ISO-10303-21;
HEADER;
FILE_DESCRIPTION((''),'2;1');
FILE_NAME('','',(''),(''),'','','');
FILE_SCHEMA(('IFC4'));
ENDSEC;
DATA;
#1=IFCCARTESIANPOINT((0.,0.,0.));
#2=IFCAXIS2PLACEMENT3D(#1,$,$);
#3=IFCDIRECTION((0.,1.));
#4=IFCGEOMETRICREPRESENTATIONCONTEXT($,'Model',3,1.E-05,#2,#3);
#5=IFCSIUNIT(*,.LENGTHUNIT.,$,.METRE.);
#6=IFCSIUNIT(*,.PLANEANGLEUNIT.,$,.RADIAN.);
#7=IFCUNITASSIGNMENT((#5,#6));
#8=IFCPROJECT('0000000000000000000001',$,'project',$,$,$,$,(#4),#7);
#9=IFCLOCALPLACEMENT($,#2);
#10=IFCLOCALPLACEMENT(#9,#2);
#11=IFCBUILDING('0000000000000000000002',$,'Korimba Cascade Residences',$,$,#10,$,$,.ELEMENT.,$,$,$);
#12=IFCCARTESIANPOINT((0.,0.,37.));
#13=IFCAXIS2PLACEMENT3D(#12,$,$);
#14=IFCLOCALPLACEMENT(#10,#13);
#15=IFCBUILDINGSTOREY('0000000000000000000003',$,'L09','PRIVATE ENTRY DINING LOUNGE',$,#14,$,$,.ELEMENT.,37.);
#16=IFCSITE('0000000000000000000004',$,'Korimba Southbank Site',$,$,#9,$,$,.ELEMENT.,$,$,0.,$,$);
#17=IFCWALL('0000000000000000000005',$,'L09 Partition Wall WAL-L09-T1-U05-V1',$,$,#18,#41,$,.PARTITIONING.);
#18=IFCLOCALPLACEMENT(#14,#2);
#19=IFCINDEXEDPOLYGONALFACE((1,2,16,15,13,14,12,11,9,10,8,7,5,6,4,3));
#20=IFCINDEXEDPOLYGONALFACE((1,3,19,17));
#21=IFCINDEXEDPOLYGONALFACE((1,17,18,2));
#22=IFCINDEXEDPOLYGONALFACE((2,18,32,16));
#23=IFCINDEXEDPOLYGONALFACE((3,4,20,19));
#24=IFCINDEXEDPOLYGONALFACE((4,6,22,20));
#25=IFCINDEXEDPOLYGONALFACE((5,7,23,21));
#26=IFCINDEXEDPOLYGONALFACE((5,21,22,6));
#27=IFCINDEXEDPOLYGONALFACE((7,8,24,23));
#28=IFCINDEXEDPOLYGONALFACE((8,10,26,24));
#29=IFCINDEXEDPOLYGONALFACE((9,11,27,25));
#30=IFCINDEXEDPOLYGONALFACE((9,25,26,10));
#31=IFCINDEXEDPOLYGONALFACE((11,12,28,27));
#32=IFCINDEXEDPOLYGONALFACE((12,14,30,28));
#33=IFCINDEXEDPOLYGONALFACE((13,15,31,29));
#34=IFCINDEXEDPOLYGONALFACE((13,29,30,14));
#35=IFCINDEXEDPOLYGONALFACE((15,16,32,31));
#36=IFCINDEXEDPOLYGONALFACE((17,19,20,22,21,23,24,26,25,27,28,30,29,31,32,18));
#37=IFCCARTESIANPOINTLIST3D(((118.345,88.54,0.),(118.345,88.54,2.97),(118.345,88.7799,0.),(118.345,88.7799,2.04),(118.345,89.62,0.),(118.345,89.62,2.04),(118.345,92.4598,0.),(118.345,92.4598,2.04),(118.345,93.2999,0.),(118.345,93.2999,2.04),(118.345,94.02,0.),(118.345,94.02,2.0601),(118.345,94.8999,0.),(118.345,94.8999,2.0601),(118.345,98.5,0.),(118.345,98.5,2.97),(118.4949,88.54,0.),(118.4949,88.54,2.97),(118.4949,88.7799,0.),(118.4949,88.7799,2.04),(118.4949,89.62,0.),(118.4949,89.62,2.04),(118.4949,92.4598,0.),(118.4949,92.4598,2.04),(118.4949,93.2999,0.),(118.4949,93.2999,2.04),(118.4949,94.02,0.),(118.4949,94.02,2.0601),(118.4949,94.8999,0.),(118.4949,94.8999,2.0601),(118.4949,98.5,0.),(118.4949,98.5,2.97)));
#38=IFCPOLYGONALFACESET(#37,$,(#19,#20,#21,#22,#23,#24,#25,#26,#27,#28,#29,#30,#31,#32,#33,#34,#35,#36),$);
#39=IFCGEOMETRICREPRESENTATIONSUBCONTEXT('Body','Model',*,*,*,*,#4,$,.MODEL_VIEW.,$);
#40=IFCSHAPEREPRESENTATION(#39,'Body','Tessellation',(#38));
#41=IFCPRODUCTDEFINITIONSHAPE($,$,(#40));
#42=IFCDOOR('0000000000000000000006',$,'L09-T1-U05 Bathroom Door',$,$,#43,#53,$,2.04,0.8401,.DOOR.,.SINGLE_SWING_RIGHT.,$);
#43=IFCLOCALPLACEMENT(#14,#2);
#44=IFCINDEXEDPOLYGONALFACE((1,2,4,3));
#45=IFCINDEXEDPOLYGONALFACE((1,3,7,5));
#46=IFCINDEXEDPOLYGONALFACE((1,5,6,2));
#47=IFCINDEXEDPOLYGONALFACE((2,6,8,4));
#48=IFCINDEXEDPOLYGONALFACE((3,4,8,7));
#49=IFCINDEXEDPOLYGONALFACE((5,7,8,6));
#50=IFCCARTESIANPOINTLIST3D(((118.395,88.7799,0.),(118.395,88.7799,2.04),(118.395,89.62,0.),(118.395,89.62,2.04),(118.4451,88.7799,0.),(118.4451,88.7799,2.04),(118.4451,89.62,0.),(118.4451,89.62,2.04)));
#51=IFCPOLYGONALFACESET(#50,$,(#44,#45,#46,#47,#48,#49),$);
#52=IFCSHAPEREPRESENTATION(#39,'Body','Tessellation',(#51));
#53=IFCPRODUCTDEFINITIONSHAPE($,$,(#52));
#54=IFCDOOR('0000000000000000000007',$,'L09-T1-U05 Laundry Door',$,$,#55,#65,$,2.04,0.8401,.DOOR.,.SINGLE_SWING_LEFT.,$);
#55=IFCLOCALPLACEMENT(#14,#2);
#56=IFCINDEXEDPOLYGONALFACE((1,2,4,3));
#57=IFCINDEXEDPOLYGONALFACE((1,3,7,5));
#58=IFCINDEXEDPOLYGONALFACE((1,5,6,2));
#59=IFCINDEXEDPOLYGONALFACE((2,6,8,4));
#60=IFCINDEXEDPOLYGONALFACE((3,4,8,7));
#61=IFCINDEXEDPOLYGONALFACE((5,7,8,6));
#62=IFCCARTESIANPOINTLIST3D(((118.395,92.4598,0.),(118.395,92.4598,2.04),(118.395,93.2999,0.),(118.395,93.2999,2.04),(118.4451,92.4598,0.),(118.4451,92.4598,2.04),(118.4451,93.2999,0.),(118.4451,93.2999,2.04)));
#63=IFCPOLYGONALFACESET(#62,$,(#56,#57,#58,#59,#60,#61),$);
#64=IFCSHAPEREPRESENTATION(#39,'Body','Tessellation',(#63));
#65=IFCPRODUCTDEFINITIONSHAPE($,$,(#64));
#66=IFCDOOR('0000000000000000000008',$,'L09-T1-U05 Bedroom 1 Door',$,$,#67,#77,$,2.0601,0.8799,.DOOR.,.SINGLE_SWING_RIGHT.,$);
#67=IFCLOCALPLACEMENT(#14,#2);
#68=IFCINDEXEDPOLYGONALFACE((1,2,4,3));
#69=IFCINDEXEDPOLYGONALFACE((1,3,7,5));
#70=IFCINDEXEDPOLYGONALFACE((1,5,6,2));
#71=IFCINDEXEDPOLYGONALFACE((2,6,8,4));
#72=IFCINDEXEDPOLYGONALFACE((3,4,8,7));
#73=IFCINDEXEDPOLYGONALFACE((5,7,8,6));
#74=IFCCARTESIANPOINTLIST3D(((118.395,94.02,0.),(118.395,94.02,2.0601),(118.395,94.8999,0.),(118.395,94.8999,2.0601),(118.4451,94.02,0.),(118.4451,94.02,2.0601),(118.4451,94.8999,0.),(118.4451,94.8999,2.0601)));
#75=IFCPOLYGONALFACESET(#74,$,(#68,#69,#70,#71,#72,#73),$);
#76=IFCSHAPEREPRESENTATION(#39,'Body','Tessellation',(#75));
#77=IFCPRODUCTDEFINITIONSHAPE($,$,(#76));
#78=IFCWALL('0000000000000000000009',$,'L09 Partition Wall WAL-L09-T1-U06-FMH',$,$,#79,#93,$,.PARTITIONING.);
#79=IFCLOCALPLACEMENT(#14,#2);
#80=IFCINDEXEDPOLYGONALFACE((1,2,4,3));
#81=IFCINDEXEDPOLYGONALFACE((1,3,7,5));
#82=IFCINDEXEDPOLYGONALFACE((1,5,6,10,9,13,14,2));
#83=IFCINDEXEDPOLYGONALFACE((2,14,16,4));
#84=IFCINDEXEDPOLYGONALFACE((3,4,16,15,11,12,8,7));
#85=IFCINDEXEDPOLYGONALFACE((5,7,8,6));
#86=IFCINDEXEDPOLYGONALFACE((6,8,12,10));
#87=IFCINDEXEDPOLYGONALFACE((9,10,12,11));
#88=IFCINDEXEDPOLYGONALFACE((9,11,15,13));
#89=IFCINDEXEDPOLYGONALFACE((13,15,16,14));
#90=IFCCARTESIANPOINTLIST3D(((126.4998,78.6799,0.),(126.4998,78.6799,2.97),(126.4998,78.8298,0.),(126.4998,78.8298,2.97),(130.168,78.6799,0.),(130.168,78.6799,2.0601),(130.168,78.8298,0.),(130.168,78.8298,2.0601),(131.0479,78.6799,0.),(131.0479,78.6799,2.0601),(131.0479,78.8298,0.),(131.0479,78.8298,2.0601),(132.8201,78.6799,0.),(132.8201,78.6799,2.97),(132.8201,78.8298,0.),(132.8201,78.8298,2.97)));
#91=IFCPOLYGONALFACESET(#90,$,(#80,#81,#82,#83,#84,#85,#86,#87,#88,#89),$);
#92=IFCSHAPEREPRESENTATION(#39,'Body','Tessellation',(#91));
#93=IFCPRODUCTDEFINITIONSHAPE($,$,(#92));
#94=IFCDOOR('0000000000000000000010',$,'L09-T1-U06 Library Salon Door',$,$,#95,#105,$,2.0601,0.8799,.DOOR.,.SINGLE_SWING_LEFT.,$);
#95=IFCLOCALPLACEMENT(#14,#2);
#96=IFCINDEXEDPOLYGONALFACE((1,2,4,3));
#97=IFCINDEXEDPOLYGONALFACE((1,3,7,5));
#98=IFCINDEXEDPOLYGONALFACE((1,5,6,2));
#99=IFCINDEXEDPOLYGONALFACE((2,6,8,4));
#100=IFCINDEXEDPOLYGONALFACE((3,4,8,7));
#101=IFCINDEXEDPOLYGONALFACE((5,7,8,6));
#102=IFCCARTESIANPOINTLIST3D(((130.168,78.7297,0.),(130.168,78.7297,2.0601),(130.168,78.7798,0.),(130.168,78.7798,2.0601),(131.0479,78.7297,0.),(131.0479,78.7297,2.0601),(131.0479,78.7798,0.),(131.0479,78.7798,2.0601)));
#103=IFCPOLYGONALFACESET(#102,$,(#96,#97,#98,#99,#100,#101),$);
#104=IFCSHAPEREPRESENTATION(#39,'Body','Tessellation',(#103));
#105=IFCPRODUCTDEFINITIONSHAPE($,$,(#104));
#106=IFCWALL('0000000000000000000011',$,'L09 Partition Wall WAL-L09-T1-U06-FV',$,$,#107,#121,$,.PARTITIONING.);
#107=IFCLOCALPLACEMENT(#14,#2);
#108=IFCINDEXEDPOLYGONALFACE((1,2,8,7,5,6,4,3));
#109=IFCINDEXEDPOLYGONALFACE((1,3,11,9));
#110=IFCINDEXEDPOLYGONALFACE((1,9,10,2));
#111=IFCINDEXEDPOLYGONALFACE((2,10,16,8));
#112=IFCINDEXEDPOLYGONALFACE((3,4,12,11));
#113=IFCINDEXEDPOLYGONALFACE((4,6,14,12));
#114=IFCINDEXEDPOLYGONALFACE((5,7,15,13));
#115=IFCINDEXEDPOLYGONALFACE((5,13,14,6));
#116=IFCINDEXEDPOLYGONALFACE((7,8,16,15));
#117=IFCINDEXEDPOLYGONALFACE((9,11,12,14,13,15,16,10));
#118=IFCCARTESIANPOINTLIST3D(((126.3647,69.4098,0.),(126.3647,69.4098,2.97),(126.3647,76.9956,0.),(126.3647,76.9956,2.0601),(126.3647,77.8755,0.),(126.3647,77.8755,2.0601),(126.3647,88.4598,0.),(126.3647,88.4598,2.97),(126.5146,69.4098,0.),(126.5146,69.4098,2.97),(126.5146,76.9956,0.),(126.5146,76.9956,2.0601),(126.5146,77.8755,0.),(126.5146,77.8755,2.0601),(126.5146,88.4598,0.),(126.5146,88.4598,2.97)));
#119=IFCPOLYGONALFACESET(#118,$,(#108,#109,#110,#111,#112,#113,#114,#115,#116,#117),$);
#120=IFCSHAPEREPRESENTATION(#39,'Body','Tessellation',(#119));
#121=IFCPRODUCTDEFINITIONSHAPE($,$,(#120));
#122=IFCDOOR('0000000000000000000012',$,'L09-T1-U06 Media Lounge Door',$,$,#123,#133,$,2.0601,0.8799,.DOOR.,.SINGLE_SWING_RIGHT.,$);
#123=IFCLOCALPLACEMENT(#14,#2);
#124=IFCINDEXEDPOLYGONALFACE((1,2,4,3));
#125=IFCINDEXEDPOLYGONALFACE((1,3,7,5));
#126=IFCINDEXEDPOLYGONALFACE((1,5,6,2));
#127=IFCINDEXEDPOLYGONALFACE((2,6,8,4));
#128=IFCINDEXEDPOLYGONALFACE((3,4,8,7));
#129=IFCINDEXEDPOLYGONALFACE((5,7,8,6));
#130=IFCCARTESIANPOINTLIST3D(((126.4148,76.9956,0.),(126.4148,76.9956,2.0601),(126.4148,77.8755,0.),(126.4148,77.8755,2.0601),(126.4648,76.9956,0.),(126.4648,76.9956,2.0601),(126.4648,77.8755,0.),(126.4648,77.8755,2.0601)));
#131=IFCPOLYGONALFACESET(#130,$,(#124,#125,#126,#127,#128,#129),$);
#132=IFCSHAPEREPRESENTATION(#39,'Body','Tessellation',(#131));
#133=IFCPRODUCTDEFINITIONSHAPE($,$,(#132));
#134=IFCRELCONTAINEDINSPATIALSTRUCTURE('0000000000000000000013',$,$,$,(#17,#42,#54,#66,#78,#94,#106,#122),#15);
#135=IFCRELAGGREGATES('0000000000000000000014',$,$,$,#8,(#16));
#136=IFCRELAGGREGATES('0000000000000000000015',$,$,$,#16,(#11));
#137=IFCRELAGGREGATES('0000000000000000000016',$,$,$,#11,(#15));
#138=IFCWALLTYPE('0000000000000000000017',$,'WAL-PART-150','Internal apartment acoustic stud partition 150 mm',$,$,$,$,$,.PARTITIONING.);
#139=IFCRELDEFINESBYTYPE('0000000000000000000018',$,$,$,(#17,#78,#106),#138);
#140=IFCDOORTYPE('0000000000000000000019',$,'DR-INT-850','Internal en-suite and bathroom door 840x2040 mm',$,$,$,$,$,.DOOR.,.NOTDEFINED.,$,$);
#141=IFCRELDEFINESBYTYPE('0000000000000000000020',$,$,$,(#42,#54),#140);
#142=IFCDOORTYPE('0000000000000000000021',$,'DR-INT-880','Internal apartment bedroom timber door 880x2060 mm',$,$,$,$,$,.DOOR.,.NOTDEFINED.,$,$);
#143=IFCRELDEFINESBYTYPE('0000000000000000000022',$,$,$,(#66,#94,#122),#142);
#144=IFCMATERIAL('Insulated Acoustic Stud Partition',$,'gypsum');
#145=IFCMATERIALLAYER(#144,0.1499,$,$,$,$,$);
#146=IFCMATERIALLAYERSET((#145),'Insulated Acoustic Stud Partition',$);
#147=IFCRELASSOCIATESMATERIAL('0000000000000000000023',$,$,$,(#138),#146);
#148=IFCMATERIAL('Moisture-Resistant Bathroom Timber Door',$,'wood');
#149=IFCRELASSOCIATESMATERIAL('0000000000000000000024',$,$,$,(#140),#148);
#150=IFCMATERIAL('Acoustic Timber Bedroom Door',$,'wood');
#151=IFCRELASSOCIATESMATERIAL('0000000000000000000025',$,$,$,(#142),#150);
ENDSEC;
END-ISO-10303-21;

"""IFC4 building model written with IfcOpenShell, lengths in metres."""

from ifc_helpers import new_model, si_unit, direction, frame, frame_2d, origin, place, context, subcontext, project, spatial, rectangle, extrude, material, layer, layer_set, type_object, element, fill, save


model = new_model("IFC4")

# Units and contexts
model_context = context("Model", 3, precision=1e-05, world=origin(), true_north=direction((0.0, 1.0)))
body_context = subcontext(model_context, "Body", "Model", "MODEL_VIEW")
ifc_project = project(units=[si_unit("LENGTHUNIT", "METRE"), si_unit("PLANEANGLEUNIT", "RADIAN")], contexts=[model_context])

# Site, building, storey
site_placement = place(None, origin())
site = spatial("IfcSite", under=ifc_project, at=site_placement, Name="Korimba Southbank Site", CompositionType="ELEMENT", RefElevation=0.0)
building_placement = place(site_placement, origin())
building = spatial("IfcBuilding", under=site, at=building_placement, Name="Korimba Cascade Residences", CompositionType="ELEMENT")
storey_placement = place(building_placement, frame((0.0, 0.0, 37.0)))
storey = spatial("IfcBuildingStorey", under=building, at=storey_placement, Name="L09", Description="PRIVATE ENTRY DINING LOUNGE", CompositionType="ELEMENT", Elevation=37.0)

# Shared definitions
ifc_material_1 = material(Name="Insulated Acoustic Stud Partition", Category="gypsum")
ifc_layer_1 = layer(ifc_material_1, 0.1499)
ifc_layer_set_1 = layer_set([ifc_layer_1], Name="Insulated Acoustic Stud Partition")
wall_type_1 = type_object("IfcWallType", Name="WAL-PART-150", Description="Internal apartment acoustic stud partition 150 mm", PredefinedType="PARTITIONING", material=ifc_layer_set_1)
ifc_material_2 = material(Name="Moisture-Resistant Bathroom Timber Door", Category="wood")
door_type_1 = type_object("IfcDoorType", Name="DR-INT-850", Description="Internal en-suite and bathroom door 840x2040 mm", OperationType="NOTDEFINED", PredefinedType="DOOR", material=ifc_material_2)
ifc_material_3 = material(Name="Acoustic Timber Bedroom Door", Category="wood")
door_type_2 = type_object("IfcDoorType", Name="DR-INT-880", Description="Internal apartment bedroom timber door 880x2060 mm", OperationType="NOTDEFINED", PredefinedType="DOOR", material=ifc_material_3)

# Wall, openings, doors
wall_1_placement = place(storey_placement, frame((118.4199, 88.54, 0.0), z_axis=(0.0, 0.0, 1.0), x_axis=(0.0, 1.0, 0.0)))
wall_1 = element("IfcWall", 1, at=wall_1_placement, inside=storey, type_object=wall_type_1, Name="L09 Partition Wall WAL-L09-T1-U05-V1", PredefinedType="PARTITIONING", context=body_context, shape_type="SweptSolid", body=[
    extrude(rectangle(XDim=9.96, YDim=0.1499, at=frame_2d((4.98, 0.0))), origin(), (0.0, 0.0, 1.0), 2.97),
])
opening_1_placement = place(wall_1_placement, frame((0.24, 0.0, 0.0)))
opening_1 = element("IfcOpeningElement", 2, at=opening_1_placement, cuts=wall_1, PredefinedType="OPENING", context=body_context, shape_type="SweptSolid", body=[
    extrude(rectangle(XDim=0.8401, YDim=2.04, at=frame_2d((0.4199, 1.02))), frame((0.0, 0.085, 0.0), z_axis=(0.0, -1.0, 0.0), x_axis=(1.0, 0.0, 0.0)), (0.0, 0.0, 1.0), 0.1699),
])
opening_2_placement = place(wall_1_placement, frame((3.9199, 0.0, 0.0)))
opening_2 = element("IfcOpeningElement", 3, at=opening_2_placement, cuts=wall_1, PredefinedType="OPENING", context=body_context, shape_type="SweptSolid", body=[
    extrude(rectangle(XDim=0.8401, YDim=2.04, at=frame_2d((0.4199, 1.02))), frame((0.0, 0.085, 0.0), z_axis=(0.0, -1.0, 0.0), x_axis=(1.0, 0.0, 0.0)), (0.0, 0.0, 1.0), 0.1699),
])
opening_3_placement = place(wall_1_placement, frame((5.48, 0.0, 0.0)))
opening_3 = element("IfcOpeningElement", 4, at=opening_3_placement, cuts=wall_1, PredefinedType="OPENING", context=body_context, shape_type="SweptSolid", body=[
    extrude(rectangle(XDim=0.8799, YDim=2.0601, at=frame_2d((0.4399, 1.03))), frame((0.0, 0.085, 0.0), z_axis=(0.0, -1.0, 0.0), x_axis=(1.0, 0.0, 0.0)), (0.0, 0.0, 1.0), 0.1699),
])
door_1_placement = place(opening_1_placement, origin())
door_1 = element("IfcDoor", 5, at=door_1_placement, inside=storey, type_object=door_type_1, Name="L09-T1-U05 Bathroom Door", OperationType="SINGLE_SWING_RIGHT", OverallHeight=2.04, OverallWidth=0.8401, PredefinedType="DOOR", context=body_context, shape_type="SweptSolid", body=[
    extrude(rectangle(XDim=0.8401, YDim=2.04, at=frame_2d((0.4199, 1.02))), frame((0.0, 0.0249, 0.0), z_axis=(0.0, -1.0, 0.0), x_axis=(1.0, 0.0, 0.0)), (0.0, 0.0, 1.0), 0.05),
])
fill(opening_1, door_1)
door_2_placement = place(opening_2_placement, origin())
door_2 = element("IfcDoor", 6, at=door_2_placement, inside=storey, type_object=door_type_1, Name="L09-T1-U05 Laundry Door", OperationType="SINGLE_SWING_LEFT", OverallHeight=2.04, OverallWidth=0.8401, PredefinedType="DOOR", context=body_context, shape_type="SweptSolid", body=[
    extrude(rectangle(XDim=0.8401, YDim=2.04, at=frame_2d((0.4199, 1.02))), frame((0.0, 0.0249, 0.0), z_axis=(0.0, -1.0, 0.0), x_axis=(1.0, 0.0, 0.0)), (0.0, 0.0, 1.0), 0.05),
])
fill(opening_2, door_2)
door_3_placement = place(opening_3_placement, origin())
door_3 = element("IfcDoor", 7, at=door_3_placement, inside=storey, type_object=door_type_2, Name="L09-T1-U05 Bedroom 1 Door", OperationType="SINGLE_SWING_RIGHT", OverallHeight=2.0601, OverallWidth=0.8799, PredefinedType="DOOR", context=body_context, shape_type="SweptSolid", body=[
    extrude(rectangle(XDim=0.8799, YDim=2.0601, at=frame_2d((0.4399, 1.03))), frame((0.0, 0.0249, 0.0), z_axis=(0.0, -1.0, 0.0), x_axis=(1.0, 0.0, 0.0)), (0.0, 0.0, 1.0), 0.05),
])
fill(opening_3, door_3)

# Walls, openings, doors
wall_2_placement = place(storey_placement, frame((126.4998, 78.7549, 0.0), z_axis=(0.0, 0.0, 1.0), x_axis=(1.0, 0.0, 0.0)))
wall_2 = element("IfcWall", 8, at=wall_2_placement, inside=storey, type_object=wall_type_1, Name="L09 Partition Wall WAL-L09-T1-U06-FMH", PredefinedType="PARTITIONING", context=body_context, shape_type="SweptSolid", body=[
    extrude(rectangle(XDim=6.3203, YDim=0.1499, at=frame_2d((3.1602, 0.0))), origin(), (0.0, 0.0, 1.0), 2.97),
])
opening_4_placement = place(wall_2_placement, frame((3.6682, 0.0, 0.0)))
opening_4 = element("IfcOpeningElement", 9, at=opening_4_placement, cuts=wall_2, PredefinedType="OPENING", context=body_context, shape_type="SweptSolid", body=[
    extrude(rectangle(XDim=0.8799, YDim=2.0601, at=frame_2d((0.4399, 1.03))), frame((0.0, 0.085, 0.0), z_axis=(0.0, -1.0, 0.0), x_axis=(1.0, 0.0, 0.0)), (0.0, 0.0, 1.0), 0.1699),
])
door_4_placement = place(opening_4_placement, origin())
door_4 = element("IfcDoor", 10, at=door_4_placement, inside=storey, type_object=door_type_2, Name="L09-T1-U06 Library Salon Door", OperationType="SINGLE_SWING_LEFT", OverallHeight=2.0601, OverallWidth=0.8799, PredefinedType="DOOR", context=body_context, shape_type="SweptSolid", body=[
    extrude(rectangle(XDim=0.8799, YDim=2.0601, at=frame_2d((0.4399, 1.03))), frame((0.0, 0.0249, 0.0), z_axis=(0.0, -1.0, 0.0), x_axis=(1.0, 0.0, 0.0)), (0.0, 0.0, 1.0), 0.05),
])
fill(opening_4, door_4)
wall_3_placement = place(storey_placement, frame((126.4397, 69.4099, 0.0), z_axis=(0.0, 0.0, 1.0), x_axis=(0.0, 1.0, 0.0)))
wall_3 = element("IfcWall", 11, at=wall_3_placement, inside=storey, type_object=wall_type_1, Name="L09 Partition Wall WAL-L09-T1-U06-FV", PredefinedType="PARTITIONING", context=body_context, shape_type="SweptSolid", body=[
    extrude(rectangle(XDim=19.05, YDim=0.1499, at=frame_2d((9.5249, 0.0))), origin(), (0.0, 0.0, 1.0), 2.97),
])
opening_5_placement = place(wall_3_placement, frame((7.5857, 0.0, 0.0)))
opening_5 = element("IfcOpeningElement", 12, at=opening_5_placement, cuts=wall_3, PredefinedType="OPENING", context=body_context, shape_type="SweptSolid", body=[
    extrude(rectangle(XDim=0.8799, YDim=2.0601, at=frame_2d((0.4399, 1.03))), frame((0.0, 0.085, 0.0), z_axis=(0.0, -1.0, 0.0), x_axis=(1.0, 0.0, 0.0)), (0.0, 0.0, 1.0), 0.1699),
])
door_5_placement = place(opening_5_placement, origin())
door_5 = element("IfcDoor", 13, at=door_5_placement, inside=storey, type_object=door_type_2, Name="L09-T1-U06 Media Lounge Door", OperationType="SINGLE_SWING_RIGHT", OverallHeight=2.0601, OverallWidth=0.8799, PredefinedType="DOOR", context=body_context, shape_type="SweptSolid", body=[
    extrude(rectangle(XDim=0.8799, YDim=2.0601, at=frame_2d((0.4399, 1.03))), frame((0.0, 0.0249, 0.0), z_axis=(0.0, -1.0, 0.0), x_axis=(1.0, 0.0, 0.0)), (0.0, 0.0, 1.0), 0.05),
])
fill(opening_5, door_5)

save(model, "model.ifc")
